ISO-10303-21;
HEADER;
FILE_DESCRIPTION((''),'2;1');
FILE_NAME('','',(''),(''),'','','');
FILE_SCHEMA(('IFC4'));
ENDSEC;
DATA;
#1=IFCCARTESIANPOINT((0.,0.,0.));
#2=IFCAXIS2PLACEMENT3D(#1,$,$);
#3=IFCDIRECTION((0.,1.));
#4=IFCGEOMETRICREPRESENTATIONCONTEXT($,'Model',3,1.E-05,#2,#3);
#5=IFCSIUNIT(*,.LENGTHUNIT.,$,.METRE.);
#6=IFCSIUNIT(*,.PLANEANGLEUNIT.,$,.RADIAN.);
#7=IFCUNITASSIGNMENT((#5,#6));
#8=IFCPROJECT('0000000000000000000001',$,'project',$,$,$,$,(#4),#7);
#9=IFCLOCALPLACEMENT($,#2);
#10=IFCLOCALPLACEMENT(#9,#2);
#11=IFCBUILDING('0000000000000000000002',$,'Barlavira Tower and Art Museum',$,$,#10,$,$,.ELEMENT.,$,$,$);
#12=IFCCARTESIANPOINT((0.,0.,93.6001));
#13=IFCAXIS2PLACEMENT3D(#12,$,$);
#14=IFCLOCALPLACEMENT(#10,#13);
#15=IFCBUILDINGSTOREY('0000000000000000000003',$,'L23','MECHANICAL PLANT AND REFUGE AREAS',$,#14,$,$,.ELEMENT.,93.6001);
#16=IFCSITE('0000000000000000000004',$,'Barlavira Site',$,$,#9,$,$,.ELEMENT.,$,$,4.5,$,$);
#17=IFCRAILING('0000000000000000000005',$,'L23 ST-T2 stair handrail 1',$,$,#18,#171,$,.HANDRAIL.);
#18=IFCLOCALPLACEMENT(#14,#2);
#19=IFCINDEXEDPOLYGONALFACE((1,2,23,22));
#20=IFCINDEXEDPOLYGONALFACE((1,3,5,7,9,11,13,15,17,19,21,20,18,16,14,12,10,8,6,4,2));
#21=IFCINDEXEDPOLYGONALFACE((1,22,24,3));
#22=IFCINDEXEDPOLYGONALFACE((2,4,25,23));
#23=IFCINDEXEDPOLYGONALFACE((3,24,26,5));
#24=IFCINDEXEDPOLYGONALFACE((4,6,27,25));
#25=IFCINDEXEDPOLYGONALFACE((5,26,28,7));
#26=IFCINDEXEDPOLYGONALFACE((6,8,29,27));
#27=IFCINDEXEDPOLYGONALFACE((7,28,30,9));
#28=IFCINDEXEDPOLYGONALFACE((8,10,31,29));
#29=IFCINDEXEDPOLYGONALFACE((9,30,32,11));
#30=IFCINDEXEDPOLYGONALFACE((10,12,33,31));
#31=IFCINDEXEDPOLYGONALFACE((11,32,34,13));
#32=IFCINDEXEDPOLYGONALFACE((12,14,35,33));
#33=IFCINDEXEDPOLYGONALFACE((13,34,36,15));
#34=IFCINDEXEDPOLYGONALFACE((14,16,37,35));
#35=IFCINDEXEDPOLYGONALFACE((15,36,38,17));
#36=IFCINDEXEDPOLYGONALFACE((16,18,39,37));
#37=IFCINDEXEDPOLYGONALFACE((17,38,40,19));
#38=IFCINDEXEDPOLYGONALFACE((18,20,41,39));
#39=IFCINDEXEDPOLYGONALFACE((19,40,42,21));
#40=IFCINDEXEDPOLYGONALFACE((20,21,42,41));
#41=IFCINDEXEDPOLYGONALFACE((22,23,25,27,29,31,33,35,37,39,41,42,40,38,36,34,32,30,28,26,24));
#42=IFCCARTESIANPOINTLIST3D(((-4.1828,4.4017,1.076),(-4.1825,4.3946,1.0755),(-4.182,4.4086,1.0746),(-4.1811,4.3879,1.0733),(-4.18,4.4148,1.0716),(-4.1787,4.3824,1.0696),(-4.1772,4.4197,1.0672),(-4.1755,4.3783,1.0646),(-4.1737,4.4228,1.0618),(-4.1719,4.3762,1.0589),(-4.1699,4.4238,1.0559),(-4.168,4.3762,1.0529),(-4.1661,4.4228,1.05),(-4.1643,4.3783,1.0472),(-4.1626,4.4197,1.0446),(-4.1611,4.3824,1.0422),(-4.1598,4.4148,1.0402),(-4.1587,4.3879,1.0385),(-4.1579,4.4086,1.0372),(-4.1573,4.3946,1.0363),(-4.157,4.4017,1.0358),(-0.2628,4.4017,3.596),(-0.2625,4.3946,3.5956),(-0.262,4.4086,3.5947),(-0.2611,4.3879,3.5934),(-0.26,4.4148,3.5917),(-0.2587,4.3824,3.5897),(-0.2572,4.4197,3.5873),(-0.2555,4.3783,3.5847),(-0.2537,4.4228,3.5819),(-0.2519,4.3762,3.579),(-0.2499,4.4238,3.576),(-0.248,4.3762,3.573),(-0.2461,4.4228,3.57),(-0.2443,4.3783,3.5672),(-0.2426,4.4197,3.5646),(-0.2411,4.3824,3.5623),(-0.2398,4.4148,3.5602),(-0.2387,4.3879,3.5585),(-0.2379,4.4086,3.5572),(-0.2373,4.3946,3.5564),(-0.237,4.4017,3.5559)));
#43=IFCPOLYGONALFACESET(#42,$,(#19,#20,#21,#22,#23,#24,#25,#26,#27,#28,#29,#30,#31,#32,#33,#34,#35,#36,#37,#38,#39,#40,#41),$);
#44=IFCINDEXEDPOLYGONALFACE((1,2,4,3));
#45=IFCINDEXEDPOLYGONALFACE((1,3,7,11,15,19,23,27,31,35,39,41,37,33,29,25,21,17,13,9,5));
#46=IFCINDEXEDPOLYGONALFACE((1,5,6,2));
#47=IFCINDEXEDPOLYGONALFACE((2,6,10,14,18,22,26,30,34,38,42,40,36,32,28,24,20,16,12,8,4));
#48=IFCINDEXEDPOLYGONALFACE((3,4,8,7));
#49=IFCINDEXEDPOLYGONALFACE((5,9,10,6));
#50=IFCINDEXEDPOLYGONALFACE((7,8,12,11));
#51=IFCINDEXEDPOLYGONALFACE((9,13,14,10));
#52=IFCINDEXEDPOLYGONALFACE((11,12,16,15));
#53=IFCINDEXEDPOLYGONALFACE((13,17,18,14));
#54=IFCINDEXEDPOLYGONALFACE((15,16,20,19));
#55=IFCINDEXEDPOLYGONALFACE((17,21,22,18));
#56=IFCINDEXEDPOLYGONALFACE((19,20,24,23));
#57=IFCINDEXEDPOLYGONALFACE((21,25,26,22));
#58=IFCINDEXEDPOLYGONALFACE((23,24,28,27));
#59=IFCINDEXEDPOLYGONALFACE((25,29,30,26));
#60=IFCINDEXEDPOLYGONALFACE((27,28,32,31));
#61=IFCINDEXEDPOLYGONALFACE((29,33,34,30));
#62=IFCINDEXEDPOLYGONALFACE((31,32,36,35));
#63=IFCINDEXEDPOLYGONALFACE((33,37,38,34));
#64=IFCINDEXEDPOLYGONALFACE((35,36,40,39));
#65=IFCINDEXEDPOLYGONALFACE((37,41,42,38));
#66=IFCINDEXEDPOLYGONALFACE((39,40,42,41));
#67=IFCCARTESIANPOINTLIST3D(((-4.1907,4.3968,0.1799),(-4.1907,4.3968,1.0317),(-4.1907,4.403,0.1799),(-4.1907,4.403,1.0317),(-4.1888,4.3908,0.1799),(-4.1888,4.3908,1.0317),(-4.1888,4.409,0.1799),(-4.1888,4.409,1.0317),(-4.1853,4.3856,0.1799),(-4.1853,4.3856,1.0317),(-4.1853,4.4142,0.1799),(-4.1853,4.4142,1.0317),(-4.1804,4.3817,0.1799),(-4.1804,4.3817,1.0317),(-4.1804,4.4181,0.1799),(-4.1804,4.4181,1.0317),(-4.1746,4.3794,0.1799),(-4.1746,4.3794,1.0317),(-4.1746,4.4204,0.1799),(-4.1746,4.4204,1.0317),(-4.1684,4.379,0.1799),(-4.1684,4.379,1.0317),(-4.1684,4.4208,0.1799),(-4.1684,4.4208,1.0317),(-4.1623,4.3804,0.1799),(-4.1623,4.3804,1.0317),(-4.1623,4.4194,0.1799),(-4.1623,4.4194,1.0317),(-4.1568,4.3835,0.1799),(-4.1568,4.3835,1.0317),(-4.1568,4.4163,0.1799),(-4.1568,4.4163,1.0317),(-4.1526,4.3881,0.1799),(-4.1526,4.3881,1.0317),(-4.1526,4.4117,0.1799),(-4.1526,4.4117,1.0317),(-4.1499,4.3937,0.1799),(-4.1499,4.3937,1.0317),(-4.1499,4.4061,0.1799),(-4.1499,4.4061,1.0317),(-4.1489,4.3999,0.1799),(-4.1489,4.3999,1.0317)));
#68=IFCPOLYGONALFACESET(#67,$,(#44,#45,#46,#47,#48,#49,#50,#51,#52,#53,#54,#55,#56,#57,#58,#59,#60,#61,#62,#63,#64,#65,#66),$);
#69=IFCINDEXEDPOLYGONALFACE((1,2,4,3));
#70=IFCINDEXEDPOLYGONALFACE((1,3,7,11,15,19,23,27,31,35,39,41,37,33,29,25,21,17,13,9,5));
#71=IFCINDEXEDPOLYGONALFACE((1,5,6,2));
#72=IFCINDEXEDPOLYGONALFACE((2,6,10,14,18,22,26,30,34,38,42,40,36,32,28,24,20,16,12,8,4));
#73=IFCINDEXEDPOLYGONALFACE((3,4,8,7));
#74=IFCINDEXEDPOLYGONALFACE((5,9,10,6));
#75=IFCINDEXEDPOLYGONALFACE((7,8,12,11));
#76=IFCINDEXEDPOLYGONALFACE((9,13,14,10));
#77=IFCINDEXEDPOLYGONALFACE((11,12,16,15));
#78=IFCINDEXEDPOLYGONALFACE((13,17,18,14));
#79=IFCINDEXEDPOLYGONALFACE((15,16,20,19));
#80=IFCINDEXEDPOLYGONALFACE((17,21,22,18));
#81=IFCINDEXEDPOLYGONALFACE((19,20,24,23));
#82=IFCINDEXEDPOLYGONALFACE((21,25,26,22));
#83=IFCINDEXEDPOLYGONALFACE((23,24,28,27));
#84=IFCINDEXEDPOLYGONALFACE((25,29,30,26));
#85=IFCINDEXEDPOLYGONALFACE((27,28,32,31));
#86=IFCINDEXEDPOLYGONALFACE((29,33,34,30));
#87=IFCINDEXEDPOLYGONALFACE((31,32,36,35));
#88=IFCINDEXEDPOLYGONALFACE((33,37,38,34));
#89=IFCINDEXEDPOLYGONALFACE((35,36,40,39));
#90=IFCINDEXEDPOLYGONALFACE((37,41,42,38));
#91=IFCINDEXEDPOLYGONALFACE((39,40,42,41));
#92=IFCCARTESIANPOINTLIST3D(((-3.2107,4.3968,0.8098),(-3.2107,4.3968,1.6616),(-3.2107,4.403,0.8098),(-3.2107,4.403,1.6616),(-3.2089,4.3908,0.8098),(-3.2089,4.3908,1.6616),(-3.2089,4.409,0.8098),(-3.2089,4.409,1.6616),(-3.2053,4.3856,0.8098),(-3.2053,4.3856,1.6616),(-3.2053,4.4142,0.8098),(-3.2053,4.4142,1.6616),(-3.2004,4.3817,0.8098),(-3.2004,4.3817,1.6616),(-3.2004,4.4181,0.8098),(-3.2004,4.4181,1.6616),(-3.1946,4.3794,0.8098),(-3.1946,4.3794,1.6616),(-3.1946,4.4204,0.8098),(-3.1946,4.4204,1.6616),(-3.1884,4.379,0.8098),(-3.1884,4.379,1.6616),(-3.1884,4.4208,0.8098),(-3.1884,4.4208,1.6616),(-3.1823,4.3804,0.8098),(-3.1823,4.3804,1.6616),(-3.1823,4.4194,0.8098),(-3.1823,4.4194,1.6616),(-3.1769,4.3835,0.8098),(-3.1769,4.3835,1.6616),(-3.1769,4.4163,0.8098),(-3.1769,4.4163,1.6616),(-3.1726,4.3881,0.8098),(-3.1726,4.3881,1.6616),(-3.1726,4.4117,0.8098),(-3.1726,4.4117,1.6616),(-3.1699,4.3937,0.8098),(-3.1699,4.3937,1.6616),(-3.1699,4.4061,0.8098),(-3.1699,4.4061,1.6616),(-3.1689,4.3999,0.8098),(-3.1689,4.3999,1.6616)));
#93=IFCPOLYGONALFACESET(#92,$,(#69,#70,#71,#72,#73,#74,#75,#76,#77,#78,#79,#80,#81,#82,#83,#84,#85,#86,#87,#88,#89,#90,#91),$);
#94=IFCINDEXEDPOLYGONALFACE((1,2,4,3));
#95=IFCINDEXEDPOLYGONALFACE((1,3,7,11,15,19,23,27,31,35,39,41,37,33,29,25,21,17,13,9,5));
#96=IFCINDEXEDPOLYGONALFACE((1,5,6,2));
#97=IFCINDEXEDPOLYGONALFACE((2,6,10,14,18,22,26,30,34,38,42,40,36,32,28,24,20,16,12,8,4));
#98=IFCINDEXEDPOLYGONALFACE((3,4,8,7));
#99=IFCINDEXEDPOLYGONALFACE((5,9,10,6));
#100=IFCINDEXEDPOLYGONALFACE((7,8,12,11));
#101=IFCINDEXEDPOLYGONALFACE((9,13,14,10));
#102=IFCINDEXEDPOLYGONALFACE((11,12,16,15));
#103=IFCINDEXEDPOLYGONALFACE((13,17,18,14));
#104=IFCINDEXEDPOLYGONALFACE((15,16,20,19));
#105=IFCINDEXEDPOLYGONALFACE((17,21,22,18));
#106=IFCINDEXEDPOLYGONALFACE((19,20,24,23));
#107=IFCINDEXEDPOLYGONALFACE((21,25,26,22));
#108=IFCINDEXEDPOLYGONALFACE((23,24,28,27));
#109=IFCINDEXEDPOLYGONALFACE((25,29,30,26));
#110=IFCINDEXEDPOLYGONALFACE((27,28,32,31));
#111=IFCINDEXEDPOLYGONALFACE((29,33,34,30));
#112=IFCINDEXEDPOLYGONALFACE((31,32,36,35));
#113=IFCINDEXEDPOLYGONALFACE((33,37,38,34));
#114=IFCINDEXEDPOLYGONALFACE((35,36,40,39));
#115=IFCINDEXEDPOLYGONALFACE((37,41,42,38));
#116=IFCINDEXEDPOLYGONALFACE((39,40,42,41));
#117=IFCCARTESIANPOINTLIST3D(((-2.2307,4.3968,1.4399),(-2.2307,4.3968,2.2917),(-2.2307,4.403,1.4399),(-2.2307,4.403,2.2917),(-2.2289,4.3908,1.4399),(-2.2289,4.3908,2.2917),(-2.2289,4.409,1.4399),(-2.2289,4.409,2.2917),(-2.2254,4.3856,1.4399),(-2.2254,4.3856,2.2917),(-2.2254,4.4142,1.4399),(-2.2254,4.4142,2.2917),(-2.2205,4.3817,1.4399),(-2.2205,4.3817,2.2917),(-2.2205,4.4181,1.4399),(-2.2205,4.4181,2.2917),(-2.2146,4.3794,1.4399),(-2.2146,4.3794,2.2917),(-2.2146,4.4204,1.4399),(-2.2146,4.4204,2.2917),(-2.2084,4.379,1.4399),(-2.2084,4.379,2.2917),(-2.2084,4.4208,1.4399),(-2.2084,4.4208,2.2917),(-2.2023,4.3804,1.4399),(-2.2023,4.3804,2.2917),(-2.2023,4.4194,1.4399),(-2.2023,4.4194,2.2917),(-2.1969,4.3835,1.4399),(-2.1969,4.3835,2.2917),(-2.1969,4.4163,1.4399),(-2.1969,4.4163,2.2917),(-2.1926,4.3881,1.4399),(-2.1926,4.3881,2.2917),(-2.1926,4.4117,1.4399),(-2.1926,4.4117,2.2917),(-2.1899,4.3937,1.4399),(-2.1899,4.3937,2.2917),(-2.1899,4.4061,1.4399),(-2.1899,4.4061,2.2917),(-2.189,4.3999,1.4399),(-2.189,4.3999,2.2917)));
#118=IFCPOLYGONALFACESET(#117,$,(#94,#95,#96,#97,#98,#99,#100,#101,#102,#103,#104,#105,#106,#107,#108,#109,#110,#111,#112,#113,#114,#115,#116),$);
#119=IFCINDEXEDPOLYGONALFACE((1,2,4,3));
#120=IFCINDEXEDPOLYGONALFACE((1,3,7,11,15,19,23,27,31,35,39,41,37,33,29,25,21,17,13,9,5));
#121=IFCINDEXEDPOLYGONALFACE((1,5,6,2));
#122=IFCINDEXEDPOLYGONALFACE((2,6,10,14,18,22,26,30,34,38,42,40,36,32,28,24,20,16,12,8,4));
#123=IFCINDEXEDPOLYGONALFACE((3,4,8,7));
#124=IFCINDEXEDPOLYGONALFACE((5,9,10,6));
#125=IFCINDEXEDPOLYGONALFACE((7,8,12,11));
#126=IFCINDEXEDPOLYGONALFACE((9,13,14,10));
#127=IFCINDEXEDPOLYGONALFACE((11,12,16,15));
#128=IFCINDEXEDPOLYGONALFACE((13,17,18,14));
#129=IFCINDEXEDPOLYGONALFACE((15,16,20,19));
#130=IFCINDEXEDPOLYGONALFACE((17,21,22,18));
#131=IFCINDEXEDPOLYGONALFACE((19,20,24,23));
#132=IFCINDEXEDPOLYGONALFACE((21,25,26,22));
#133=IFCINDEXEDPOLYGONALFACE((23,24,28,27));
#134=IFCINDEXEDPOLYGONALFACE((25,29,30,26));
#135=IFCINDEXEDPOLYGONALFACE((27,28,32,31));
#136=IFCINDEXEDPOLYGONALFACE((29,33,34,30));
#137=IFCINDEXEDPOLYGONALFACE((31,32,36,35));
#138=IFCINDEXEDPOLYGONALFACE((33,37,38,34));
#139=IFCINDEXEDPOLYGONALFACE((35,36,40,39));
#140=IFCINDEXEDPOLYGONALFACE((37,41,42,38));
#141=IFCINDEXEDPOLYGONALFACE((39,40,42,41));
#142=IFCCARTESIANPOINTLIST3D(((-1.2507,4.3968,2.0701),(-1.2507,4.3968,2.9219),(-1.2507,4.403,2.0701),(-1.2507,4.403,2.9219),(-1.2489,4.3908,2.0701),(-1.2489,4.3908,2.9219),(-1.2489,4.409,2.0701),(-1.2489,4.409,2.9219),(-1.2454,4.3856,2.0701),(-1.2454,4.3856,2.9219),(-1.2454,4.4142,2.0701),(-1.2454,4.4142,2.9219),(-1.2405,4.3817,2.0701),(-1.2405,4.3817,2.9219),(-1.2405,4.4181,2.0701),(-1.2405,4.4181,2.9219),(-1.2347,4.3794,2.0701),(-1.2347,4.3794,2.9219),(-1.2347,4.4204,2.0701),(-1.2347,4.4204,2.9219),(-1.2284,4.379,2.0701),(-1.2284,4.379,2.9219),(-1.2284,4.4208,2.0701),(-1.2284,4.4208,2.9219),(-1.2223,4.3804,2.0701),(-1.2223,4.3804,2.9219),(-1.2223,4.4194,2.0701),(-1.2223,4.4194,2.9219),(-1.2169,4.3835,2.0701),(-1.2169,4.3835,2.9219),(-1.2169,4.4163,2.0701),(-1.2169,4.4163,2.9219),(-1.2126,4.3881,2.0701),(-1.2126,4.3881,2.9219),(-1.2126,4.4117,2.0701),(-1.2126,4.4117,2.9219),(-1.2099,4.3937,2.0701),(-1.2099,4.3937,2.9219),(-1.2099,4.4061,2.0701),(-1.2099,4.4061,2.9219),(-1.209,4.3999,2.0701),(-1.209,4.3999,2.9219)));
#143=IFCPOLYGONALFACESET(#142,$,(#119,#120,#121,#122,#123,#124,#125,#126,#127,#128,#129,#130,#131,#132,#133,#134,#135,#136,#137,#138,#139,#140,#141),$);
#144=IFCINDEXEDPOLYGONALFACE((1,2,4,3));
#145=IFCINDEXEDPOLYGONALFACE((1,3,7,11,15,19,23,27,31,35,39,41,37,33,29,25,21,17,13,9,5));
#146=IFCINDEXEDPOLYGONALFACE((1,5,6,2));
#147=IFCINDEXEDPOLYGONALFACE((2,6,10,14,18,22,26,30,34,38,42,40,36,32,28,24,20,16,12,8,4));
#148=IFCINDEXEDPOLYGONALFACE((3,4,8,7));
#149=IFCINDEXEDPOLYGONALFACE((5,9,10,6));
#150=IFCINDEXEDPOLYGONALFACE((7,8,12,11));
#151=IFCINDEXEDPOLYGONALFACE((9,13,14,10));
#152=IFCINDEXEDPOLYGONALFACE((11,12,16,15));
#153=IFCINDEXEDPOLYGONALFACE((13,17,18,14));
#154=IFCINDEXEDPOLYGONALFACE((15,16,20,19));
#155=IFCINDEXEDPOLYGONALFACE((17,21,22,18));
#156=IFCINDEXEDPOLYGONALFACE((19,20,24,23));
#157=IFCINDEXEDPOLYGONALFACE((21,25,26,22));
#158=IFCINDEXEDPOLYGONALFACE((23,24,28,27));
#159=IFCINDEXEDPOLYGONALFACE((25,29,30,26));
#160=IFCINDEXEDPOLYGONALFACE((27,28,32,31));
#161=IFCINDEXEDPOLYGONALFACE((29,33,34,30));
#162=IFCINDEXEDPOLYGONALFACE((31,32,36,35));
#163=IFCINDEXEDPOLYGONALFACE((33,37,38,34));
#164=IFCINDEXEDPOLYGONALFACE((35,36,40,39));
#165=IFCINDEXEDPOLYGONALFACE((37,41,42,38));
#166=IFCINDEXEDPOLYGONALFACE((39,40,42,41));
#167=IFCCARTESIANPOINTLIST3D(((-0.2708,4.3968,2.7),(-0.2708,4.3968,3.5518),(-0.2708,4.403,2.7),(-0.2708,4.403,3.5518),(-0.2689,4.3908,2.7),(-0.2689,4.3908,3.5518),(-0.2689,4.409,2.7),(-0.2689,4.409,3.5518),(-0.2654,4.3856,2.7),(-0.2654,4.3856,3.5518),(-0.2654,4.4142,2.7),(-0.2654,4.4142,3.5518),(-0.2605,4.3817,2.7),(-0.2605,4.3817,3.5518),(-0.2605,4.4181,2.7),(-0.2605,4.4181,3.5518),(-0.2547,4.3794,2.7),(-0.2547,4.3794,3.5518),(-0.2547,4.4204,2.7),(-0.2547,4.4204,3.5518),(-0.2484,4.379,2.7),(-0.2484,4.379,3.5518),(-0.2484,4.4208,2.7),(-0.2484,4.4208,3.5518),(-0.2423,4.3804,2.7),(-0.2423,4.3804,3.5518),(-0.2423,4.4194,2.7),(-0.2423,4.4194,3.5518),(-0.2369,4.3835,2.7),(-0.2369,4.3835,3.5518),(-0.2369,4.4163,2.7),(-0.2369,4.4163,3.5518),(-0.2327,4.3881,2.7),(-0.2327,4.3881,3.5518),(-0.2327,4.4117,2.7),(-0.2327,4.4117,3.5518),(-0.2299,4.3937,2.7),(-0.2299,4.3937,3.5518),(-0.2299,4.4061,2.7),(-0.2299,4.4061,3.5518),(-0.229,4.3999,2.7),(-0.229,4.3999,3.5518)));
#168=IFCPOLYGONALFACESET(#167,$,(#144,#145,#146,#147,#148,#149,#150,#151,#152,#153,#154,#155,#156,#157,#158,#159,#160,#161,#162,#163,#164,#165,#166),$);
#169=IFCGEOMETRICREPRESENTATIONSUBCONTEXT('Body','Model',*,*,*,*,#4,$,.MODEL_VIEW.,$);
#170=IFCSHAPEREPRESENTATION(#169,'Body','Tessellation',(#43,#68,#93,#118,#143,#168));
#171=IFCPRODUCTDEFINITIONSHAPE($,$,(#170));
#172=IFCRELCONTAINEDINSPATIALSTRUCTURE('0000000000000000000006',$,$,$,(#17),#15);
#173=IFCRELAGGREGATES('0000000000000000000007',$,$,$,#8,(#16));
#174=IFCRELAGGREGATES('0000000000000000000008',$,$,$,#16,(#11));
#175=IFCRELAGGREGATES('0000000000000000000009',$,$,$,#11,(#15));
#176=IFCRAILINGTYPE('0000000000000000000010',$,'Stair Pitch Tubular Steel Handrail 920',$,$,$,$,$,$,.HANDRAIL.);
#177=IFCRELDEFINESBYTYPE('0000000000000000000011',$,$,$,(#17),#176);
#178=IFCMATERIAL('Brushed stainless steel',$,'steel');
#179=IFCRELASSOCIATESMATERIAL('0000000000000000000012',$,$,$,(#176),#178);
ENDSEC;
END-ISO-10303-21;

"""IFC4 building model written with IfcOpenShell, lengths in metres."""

from ifc_helpers import new_model, si_unit, direction, frame, origin, origin_2d, place, context, subcontext, project, spatial, circle, extrude, material, type_object, element, save


model = new_model("IFC4")

# Units and contexts
model_context = context("Model", 3, precision=1e-05, world=origin(), true_north=direction((0.0, 1.0)))
body_context = subcontext(model_context, "Body", "Model", "MODEL_VIEW")
ifc_project = project(units=[si_unit("LENGTHUNIT", "METRE"), si_unit("PLANEANGLEUNIT", "RADIAN")], contexts=[model_context])

# Site, building, storey
site_placement = place(None, origin())
site = spatial("IfcSite", under=ifc_project, at=site_placement, Name="Barlavira Site", CompositionType="ELEMENT", RefElevation=4.5)
building_placement = place(site_placement, origin())
building = spatial("IfcBuilding", under=site, at=building_placement, Name="Barlavira Tower and Art Museum", CompositionType="ELEMENT")
storey_placement = place(building_placement, frame((0.0, 0.0, 93.6001)))
storey = spatial("IfcBuildingStorey", under=building, at=storey_placement, Name="L23", Description="MECHANICAL PLANT AND REFUGE AREAS", CompositionType="ELEMENT", Elevation=93.6001)

# Shared definitions
ifc_material_1 = material(Name="Brushed stainless steel", Category="steel")

# Railing
railing_type_1 = type_object("IfcRailingType", Name="Stair Pitch Tubular Steel Handrail 920", PredefinedType="HANDRAIL", material=ifc_material_1)
railing_1_placement = place(storey_placement, frame((-4.1699, 4.3999, 0.1799)))
element("IfcRailing", 1, at=railing_1_placement, inside=storey, type_object=railing_type_1, Name="L23 ST-T2 stair handrail 1", PredefinedType="HANDRAIL", context=body_context, shape_type="SweptSolid", body=[
    extrude(circle(Radius=0.0239, at=origin_2d()), frame((0.0, 0.0, 0.876), z_axis=(0.841172, 0.0, 0.540768), x_axis=(0.0, 1.0, 0.0)), (0.0, 0.0, 1.0), 4.6602),
    extrude(circle(Radius=0.021, at=origin_2d()), origin(), (0.0, 0.0, 1.0), 0.8518),
    extrude(circle(Radius=0.021, at=origin_2d()), frame((0.98, 0.0, 0.6299)), (0.0, 0.0, 1.0), 0.8518),
    extrude(circle(Radius=0.021, at=origin_2d()), frame((1.96, 0.0, 1.26)), (0.0, 0.0, 1.0), 0.8518),
    extrude(circle(Radius=0.021, at=origin_2d()), frame((2.9399, 0.0, 1.8901)), (0.0, 0.0, 1.0), 0.8518),
    extrude(circle(Radius=0.021, at=origin_2d()), frame((3.9199, 0.0, 2.52)), (0.0, 0.0, 1.0), 0.8518),
])

save(model, "model.ifc")
